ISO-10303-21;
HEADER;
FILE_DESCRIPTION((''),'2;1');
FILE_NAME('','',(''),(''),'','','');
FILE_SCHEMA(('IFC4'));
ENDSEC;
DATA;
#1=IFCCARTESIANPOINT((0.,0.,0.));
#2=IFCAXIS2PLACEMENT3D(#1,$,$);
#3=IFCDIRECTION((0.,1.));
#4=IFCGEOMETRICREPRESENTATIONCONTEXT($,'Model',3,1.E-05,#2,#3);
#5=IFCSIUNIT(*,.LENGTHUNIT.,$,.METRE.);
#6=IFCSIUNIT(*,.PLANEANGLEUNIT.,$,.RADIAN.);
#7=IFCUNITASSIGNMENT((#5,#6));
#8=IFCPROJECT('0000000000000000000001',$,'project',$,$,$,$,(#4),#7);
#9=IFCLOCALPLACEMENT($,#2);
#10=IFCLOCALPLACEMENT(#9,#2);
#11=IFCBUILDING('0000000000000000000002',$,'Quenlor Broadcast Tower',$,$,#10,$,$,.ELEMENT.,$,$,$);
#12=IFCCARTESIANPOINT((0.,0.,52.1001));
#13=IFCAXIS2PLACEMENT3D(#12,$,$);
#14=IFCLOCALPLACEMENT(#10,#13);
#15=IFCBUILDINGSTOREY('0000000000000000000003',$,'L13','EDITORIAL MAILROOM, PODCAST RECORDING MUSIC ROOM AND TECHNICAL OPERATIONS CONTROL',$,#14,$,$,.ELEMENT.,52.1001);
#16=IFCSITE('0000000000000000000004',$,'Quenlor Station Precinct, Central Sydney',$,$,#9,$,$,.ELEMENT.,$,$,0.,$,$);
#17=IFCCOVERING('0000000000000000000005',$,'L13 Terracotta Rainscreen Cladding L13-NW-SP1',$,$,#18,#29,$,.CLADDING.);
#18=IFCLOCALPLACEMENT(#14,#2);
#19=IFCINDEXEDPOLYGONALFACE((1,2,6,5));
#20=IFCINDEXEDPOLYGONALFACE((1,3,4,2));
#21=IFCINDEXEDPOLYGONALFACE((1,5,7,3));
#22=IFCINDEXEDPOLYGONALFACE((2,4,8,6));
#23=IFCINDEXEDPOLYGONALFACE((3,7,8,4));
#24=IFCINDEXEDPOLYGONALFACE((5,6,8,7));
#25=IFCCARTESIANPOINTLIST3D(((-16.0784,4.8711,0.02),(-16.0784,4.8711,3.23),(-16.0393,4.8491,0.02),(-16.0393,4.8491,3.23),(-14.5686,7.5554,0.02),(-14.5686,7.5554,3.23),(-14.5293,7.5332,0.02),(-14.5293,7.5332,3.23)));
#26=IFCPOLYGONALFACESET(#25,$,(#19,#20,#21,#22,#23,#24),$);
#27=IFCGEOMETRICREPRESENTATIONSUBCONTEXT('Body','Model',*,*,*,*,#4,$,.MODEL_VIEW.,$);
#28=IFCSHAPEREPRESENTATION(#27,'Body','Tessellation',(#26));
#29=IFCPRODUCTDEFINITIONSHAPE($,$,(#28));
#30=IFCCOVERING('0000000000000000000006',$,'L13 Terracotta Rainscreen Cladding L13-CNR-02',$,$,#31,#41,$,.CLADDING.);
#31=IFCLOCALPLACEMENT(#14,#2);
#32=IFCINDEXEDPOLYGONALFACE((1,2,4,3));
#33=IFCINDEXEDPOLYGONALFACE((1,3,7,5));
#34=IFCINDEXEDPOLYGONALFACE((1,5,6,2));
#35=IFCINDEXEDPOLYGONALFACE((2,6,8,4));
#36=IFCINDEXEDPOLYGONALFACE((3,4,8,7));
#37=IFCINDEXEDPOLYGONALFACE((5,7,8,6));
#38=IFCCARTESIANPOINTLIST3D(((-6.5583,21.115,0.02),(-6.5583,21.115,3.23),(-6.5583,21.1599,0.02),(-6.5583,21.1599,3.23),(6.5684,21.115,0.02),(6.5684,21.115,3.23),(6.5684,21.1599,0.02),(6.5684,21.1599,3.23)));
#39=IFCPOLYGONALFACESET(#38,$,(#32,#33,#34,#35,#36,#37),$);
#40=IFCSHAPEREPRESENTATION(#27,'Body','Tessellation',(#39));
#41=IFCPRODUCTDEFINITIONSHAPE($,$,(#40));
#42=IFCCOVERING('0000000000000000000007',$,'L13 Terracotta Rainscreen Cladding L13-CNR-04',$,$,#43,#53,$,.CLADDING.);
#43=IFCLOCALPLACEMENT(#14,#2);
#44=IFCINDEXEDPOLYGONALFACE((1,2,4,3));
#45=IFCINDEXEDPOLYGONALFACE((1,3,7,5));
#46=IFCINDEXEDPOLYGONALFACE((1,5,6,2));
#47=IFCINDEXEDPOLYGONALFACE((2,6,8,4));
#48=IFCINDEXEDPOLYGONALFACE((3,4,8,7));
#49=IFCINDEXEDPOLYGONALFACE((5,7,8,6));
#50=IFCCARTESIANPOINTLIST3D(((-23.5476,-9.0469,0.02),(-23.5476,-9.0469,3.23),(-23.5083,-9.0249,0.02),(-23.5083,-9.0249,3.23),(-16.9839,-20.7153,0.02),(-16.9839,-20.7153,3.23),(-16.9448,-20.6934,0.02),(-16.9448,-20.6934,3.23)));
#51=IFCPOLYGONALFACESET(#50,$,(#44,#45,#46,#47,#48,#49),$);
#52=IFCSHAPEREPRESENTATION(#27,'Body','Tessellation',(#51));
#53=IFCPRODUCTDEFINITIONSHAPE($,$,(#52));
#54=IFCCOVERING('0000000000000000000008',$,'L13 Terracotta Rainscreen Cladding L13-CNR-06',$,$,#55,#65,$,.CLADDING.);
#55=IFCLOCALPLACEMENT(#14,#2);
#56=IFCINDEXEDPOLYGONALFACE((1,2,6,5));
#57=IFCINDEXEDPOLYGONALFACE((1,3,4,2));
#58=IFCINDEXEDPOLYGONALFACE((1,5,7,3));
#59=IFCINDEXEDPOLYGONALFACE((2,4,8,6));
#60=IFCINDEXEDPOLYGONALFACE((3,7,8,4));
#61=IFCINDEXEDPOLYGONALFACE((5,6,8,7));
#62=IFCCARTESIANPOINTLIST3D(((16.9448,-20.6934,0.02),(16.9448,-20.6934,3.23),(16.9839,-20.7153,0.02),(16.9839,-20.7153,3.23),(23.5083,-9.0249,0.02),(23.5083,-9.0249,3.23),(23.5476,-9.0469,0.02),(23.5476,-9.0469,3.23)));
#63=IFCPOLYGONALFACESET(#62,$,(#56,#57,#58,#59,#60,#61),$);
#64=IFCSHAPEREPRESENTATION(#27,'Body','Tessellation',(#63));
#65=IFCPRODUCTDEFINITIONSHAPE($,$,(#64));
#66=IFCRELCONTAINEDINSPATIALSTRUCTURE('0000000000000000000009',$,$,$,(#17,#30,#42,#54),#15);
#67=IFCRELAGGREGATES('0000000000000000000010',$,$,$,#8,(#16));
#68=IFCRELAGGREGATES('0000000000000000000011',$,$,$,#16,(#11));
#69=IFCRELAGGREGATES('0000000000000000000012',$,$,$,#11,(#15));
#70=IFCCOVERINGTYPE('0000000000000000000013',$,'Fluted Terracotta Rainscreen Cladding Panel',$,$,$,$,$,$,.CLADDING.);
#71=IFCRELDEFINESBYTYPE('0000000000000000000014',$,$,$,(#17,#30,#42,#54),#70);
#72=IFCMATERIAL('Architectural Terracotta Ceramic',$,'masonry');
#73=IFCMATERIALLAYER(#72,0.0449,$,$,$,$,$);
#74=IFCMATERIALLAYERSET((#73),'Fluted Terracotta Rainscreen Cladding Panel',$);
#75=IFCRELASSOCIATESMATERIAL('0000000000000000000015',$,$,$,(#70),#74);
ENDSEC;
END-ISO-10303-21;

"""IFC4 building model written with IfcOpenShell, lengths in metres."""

from ifc_helpers import new_model, si_unit, direction, frame, origin, place, context, subcontext, project, spatial, polyline, outline, extrude, material, layer, layer_set, type_object, element, save


model = new_model("IFC4")

# Units and contexts
model_context = context("Model", 3, precision=1e-05, world=origin(), true_north=direction((0.0, 1.0)))
body_context = subcontext(model_context, "Body", "Model", "MODEL_VIEW")
ifc_project = project(units=[si_unit("LENGTHUNIT", "METRE"), si_unit("PLANEANGLEUNIT", "RADIAN")], contexts=[model_context])

# Site, building, storey
site_placement = place(None, origin())
site = spatial("IfcSite", under=ifc_project, at=site_placement, Name="Quenlor Station Precinct, Central Sydney", CompositionType="ELEMENT", RefElevation=0.0)
building_placement = place(site_placement, origin())
building = spatial("IfcBuilding", under=site, at=building_placement, Name="Quenlor Broadcast Tower", CompositionType="ELEMENT")
storey_placement = place(building_placement, frame((0.0, 0.0, 52.1001)))
storey = spatial("IfcBuildingStorey", under=building, at=storey_placement, Name="L13", Description="EDITORIAL MAILROOM, PODCAST RECORDING MUSIC ROOM AND TECHNICAL OPERATIONS CONTROL", CompositionType="ELEMENT", Elevation=52.1001)

# Coverings
ifc_material_1 = material(Name="Architectural Terracotta Ceramic", Category="masonry")
ifc_layer_1 = layer(ifc_material_1, 0.0449)
ifc_layer_set_1 = layer_set([ifc_layer_1], Name="Fluted Terracotta Rainscreen Cladding Panel")
covering_type_1 = type_object("IfcCoveringType", Name="Fluted Terracotta Rainscreen Cladding Panel", PredefinedType="CLADDING", material=ifc_layer_set_1)
covering_1_placement = place(storey_placement, frame((0.0, 0.0, 0.02)))
element("IfcCovering", 1, at=covering_1_placement, inside=storey, type_object=covering_type_1, Name="L13 Terracotta Rainscreen Cladding L13-NW-SP1", PredefinedType="CLADDING", context=body_context, shape_type="SweptSolid", body=[
    extrude(outline(polyline([(-16.0393, 4.8491), (-14.5293, 7.5332), (-14.5686, 7.5554), (-16.0784, 4.8711), (-16.0393, 4.8491)])), origin(), (0.0, 0.0, 1.0), 3.21),
])
covering_2_placement = place(storey_placement, frame((0.0, 0.0, 0.02)))
element("IfcCovering", 2, at=covering_2_placement, inside=storey, type_object=covering_type_1, Name="L13 Terracotta Rainscreen Cladding L13-CNR-02", PredefinedType="CLADDING", context=body_context, shape_type="SweptSolid", body=[
    extrude(outline(polyline([(6.5684, 21.1599), (-6.5583, 21.1599), (-6.5583, 21.115), (6.5684, 21.115), (6.5684, 21.1599)])), origin(), (0.0, 0.0, 1.0), 3.21),
])
covering_3_placement = place(storey_placement, frame((0.0, 0.0, 0.02)))
element("IfcCovering", 3, at=covering_3_placement, inside=storey, type_object=covering_type_1, Name="L13 Terracotta Rainscreen Cladding L13-CNR-04", PredefinedType="CLADDING", context=body_context, shape_type="SweptSolid", body=[
    extrude(outline(polyline([(-23.5476, -9.0469), (-16.9839, -20.7153), (-16.9448, -20.6934), (-23.5083, -9.0249), (-23.5476, -9.0469)])), origin(), (0.0, 0.0, 1.0), 3.21),
])
covering_4_placement = place(storey_placement, frame((0.0, 0.0, 0.02)))
element("IfcCovering", 4, at=covering_4_placement, inside=storey, type_object=covering_type_1, Name="L13 Terracotta Rainscreen Cladding L13-CNR-06", PredefinedType="CLADDING", context=body_context, shape_type="SweptSolid", body=[
    extrude(outline(polyline([(16.9839, -20.7153), (23.5476, -9.0469), (23.5083, -9.0249), (16.9448, -20.6934), (16.9839, -20.7153)])), origin(), (0.0, 0.0, 1.0), 3.21),
])

save(model, "model.ifc")
